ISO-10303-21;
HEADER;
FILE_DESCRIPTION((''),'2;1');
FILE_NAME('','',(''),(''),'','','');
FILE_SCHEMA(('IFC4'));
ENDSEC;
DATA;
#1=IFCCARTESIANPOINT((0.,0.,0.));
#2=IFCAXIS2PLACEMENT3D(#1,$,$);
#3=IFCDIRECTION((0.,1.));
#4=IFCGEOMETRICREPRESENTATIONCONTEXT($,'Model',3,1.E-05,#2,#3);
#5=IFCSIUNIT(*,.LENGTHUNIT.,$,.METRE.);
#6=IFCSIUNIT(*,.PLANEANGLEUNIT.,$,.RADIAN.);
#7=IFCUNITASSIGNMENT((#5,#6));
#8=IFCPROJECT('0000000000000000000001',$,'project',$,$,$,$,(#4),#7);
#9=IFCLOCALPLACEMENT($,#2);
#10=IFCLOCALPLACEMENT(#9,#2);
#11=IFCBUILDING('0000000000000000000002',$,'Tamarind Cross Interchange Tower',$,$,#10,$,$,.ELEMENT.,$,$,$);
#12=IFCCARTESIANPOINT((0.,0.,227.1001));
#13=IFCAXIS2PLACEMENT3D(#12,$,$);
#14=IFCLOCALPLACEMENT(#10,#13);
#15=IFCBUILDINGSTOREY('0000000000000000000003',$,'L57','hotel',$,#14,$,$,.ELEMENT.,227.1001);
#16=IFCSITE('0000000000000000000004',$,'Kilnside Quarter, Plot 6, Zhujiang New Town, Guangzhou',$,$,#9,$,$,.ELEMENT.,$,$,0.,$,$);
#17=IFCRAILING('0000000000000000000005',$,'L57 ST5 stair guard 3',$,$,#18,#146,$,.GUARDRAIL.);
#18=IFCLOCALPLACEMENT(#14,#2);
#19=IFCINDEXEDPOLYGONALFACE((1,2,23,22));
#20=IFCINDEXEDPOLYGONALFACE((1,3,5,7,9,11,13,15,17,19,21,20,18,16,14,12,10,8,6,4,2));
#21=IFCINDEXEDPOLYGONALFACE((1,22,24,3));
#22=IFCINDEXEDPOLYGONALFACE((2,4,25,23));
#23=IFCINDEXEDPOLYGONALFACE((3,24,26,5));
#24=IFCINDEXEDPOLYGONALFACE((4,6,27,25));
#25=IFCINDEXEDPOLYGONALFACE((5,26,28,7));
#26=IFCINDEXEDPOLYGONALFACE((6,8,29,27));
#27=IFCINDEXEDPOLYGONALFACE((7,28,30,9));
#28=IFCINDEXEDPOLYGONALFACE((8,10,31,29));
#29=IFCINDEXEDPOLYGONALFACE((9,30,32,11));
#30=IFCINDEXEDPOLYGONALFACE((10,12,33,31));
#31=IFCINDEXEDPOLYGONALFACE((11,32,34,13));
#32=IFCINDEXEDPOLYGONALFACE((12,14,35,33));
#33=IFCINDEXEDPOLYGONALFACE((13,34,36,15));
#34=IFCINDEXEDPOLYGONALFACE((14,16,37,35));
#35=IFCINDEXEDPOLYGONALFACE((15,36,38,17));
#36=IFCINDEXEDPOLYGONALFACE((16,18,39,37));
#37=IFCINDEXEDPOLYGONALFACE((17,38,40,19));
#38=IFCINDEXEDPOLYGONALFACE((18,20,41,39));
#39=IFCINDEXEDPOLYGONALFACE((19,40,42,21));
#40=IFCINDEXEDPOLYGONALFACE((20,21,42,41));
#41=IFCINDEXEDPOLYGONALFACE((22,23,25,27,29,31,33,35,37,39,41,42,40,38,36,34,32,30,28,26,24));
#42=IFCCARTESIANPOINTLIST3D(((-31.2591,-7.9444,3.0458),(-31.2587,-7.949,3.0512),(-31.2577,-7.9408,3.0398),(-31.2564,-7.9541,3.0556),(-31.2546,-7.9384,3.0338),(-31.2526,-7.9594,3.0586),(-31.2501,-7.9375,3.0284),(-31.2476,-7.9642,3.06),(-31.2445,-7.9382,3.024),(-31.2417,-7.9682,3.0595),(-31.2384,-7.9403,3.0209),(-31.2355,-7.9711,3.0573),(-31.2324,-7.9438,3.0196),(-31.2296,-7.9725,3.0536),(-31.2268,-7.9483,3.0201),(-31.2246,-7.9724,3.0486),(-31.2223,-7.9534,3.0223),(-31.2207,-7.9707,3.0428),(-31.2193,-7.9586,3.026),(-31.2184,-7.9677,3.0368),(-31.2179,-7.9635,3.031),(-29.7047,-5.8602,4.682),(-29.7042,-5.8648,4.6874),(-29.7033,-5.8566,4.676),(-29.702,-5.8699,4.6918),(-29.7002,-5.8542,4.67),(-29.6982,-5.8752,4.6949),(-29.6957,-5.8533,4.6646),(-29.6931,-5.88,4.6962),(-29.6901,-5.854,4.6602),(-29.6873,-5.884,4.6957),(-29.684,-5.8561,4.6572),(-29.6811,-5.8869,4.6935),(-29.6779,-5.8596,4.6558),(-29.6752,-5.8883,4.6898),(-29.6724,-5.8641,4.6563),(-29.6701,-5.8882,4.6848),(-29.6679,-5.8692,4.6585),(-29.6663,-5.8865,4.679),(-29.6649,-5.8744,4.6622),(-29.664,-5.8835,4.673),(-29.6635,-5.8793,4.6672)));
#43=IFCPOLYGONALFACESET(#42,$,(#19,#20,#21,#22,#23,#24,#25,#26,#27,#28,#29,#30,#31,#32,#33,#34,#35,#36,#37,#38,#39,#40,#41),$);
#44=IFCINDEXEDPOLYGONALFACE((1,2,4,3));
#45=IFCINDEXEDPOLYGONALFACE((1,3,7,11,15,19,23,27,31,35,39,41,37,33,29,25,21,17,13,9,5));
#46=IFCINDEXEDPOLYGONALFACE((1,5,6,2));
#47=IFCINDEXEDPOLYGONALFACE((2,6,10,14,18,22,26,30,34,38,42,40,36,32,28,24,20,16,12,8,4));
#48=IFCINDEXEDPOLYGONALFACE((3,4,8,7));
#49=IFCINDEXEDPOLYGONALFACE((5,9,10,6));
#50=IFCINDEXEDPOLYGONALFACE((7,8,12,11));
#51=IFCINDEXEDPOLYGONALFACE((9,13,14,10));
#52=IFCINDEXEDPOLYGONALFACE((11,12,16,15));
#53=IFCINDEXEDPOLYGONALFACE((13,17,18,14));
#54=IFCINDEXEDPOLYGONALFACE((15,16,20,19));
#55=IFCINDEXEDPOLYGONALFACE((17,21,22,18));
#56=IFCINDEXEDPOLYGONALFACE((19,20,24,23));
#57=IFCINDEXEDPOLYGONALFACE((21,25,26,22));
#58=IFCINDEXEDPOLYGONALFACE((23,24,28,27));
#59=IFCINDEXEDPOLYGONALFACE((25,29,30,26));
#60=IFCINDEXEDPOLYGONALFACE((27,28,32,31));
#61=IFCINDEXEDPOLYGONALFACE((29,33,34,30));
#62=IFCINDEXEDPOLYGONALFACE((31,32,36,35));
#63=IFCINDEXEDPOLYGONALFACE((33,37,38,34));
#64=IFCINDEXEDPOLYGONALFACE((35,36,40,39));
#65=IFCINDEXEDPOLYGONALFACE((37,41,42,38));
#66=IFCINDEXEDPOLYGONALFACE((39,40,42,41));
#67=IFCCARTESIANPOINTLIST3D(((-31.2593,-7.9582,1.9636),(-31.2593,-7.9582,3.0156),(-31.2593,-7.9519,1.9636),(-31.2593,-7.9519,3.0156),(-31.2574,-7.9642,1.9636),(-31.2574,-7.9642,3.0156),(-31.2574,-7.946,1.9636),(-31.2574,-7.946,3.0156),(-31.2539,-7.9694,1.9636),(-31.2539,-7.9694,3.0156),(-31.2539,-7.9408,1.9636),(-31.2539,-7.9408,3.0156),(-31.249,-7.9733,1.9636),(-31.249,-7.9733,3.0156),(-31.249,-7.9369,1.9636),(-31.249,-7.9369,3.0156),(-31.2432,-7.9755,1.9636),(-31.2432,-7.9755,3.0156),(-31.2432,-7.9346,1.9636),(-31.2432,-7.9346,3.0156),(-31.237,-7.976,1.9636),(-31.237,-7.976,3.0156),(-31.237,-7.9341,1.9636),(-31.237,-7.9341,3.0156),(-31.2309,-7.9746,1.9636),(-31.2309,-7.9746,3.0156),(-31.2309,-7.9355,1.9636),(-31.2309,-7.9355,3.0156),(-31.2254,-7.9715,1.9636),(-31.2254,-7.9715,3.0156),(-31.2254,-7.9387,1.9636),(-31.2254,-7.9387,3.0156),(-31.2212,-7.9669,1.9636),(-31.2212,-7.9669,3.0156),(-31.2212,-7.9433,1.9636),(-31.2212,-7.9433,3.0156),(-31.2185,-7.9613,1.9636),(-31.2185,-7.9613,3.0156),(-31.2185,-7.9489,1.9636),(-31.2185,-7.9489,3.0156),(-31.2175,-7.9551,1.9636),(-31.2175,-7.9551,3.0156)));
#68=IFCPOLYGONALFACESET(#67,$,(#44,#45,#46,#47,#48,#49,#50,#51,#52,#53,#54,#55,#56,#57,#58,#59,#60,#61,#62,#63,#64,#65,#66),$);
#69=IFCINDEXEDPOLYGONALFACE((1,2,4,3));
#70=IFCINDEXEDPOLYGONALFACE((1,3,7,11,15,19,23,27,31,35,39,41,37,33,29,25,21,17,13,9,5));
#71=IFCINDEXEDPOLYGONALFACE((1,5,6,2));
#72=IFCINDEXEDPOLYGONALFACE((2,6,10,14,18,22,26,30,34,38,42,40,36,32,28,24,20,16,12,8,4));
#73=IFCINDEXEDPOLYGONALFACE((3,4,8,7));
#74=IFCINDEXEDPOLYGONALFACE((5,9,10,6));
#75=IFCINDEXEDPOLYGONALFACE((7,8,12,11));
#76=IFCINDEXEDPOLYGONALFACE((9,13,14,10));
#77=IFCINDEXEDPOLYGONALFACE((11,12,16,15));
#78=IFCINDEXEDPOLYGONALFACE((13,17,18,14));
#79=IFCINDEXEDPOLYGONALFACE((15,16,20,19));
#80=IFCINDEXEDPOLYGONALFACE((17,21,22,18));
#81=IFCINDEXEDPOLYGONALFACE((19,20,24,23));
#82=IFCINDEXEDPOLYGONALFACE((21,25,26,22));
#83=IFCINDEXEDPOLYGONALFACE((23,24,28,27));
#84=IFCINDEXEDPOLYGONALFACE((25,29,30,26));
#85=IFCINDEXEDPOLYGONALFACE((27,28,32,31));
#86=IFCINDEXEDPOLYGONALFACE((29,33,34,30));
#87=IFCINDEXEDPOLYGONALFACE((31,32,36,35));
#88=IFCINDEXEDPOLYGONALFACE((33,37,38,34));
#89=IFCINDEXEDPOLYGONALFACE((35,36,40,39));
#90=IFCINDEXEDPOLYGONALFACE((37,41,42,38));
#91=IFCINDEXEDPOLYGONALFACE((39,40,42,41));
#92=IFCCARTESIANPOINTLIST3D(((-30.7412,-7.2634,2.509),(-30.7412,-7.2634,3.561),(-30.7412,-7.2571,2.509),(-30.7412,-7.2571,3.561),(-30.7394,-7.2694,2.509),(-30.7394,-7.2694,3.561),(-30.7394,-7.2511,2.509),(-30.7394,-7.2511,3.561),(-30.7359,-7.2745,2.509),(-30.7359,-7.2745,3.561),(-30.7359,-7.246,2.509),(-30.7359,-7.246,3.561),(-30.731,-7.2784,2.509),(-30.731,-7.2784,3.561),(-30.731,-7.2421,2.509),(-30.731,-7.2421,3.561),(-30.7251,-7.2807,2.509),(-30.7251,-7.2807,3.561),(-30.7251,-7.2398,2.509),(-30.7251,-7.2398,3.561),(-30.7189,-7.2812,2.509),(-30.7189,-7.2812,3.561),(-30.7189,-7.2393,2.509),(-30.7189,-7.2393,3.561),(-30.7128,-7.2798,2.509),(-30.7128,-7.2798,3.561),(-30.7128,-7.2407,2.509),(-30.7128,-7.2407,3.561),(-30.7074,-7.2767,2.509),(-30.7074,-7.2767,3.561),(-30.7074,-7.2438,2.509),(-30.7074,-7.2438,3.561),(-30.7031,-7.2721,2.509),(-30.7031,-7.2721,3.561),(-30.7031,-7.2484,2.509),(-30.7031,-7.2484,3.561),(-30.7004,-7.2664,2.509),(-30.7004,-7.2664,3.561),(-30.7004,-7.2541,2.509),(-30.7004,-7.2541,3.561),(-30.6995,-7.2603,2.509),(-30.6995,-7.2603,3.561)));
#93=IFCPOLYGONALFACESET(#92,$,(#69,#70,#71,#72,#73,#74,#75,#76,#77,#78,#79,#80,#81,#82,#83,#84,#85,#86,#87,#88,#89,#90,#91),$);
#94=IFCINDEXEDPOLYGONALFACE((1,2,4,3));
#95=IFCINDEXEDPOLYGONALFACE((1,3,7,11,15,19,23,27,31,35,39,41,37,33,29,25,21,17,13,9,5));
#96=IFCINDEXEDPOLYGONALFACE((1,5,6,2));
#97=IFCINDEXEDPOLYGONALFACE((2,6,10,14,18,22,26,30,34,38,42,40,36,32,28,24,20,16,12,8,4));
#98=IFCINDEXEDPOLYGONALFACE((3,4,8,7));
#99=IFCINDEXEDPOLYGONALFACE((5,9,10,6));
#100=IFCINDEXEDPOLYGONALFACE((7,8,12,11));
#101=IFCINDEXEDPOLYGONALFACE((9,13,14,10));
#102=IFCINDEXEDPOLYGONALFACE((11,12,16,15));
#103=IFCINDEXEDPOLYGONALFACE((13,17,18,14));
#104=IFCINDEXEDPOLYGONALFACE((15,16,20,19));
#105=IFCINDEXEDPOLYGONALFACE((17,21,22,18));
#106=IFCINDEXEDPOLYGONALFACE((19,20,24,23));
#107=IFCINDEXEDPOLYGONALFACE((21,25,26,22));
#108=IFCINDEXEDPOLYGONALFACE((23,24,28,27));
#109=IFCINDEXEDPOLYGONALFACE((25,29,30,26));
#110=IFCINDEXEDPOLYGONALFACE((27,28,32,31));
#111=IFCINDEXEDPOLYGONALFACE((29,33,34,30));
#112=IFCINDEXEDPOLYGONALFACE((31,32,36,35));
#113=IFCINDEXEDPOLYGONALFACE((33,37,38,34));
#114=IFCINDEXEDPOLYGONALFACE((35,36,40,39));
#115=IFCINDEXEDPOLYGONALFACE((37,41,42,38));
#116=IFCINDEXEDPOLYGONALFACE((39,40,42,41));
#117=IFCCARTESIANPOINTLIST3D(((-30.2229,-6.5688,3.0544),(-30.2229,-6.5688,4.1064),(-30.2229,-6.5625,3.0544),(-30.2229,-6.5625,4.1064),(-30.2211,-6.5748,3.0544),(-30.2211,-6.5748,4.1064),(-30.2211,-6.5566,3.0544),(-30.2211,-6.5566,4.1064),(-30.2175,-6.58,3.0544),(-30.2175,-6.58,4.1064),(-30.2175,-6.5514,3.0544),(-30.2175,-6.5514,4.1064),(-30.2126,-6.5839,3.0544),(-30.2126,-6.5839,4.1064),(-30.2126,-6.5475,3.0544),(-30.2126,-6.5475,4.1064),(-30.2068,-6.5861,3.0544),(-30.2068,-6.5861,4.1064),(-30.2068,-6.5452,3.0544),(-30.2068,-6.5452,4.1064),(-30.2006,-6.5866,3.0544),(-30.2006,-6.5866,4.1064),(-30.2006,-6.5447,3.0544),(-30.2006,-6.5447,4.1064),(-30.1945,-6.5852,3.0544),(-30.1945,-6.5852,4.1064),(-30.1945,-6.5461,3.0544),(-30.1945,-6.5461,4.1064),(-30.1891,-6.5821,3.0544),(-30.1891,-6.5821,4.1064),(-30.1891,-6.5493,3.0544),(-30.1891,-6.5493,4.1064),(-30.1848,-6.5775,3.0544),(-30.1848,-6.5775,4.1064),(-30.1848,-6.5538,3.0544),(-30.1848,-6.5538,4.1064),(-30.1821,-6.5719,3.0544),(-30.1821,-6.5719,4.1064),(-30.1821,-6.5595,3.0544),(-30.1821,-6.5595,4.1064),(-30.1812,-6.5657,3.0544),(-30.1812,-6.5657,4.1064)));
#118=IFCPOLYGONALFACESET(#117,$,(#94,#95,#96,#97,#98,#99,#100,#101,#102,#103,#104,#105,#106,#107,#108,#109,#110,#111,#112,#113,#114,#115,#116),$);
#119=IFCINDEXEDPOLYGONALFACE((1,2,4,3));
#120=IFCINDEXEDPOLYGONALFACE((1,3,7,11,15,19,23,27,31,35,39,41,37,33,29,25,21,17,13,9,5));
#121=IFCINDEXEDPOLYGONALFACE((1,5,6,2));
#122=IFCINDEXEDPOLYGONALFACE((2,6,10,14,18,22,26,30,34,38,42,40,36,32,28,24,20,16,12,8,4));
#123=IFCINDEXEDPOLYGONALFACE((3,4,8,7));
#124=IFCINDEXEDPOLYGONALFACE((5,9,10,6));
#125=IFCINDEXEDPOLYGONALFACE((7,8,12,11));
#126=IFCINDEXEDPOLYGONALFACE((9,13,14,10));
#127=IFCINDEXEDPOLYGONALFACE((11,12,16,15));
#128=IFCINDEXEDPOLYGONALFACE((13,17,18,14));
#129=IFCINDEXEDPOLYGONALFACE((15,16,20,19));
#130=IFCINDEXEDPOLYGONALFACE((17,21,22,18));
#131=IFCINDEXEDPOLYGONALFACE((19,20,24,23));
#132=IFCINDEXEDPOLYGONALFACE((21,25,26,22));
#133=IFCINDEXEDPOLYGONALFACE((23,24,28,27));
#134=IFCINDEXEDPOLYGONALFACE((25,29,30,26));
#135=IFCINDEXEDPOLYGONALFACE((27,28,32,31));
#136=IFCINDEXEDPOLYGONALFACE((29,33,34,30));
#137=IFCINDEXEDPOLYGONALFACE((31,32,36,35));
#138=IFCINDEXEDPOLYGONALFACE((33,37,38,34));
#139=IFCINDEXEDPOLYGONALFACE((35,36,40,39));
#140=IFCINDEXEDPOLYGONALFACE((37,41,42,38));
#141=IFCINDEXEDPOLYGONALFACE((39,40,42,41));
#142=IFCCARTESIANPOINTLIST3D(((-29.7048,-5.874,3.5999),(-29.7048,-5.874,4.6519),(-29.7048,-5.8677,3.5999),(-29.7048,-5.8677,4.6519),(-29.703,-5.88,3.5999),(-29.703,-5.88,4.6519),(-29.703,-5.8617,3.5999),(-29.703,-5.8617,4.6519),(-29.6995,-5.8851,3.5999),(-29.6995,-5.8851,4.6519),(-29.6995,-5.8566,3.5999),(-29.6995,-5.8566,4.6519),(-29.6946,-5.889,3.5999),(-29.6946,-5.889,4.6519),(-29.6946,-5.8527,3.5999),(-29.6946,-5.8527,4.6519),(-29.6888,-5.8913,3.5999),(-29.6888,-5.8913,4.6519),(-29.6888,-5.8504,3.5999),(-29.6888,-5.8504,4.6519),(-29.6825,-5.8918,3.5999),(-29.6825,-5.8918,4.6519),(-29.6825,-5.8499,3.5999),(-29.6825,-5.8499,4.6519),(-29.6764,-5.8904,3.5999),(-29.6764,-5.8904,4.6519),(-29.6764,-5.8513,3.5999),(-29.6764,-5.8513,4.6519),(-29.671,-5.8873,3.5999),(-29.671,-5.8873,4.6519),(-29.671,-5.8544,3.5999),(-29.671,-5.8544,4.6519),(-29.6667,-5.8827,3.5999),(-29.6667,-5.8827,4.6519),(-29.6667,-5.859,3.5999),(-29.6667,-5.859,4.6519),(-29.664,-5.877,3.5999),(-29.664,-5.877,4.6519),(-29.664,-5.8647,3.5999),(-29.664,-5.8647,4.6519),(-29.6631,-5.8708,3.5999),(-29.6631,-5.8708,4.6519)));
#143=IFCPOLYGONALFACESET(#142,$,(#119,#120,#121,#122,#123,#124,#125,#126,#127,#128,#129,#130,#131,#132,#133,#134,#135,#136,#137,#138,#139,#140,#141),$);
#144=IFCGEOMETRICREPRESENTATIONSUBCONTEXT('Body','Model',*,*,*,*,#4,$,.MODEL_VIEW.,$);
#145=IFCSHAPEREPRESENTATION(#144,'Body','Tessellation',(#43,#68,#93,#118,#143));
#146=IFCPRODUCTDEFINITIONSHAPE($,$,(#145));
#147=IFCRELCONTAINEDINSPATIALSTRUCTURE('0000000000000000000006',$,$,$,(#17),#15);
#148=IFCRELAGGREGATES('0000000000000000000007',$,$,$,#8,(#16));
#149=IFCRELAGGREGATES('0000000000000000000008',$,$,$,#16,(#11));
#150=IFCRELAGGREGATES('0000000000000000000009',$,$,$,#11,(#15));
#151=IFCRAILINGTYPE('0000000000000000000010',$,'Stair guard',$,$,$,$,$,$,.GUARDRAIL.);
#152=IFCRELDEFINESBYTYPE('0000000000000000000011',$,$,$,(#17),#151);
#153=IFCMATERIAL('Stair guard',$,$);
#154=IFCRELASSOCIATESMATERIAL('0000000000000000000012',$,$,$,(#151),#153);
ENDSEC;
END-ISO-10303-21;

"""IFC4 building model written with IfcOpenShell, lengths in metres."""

from ifc_helpers import new_model, si_unit, direction, frame, origin, origin_2d, place, context, subcontext, project, spatial, circle, extrude, material, type_object, element, save


model = new_model("IFC4")

# Units and contexts
model_context = context("Model", 3, precision=1e-05, world=origin(), true_north=direction((0.0, 1.0)))
body_context = subcontext(model_context, "Body", "Model", "MODEL_VIEW")
ifc_project = project(units=[si_unit("LENGTHUNIT", "METRE"), si_unit("PLANEANGLEUNIT", "RADIAN")], contexts=[model_context])

# Site, building, storey
site_placement = place(None, origin())
site = spatial("IfcSite", under=ifc_project, at=site_placement, Name="Kilnside Quarter, Plot 6, Zhujiang New Town, Guangzhou", CompositionType="ELEMENT", RefElevation=0.0)
building_placement = place(site_placement, origin())
building = spatial("IfcBuilding", under=site, at=building_placement, Name="Tamarind Cross Interchange Tower", CompositionType="ELEMENT")
storey_placement = place(building_placement, frame((0.0, 0.0, 227.1001)))
storey = spatial("IfcBuildingStorey", under=building, at=storey_placement, Name="L57", Description="hotel", CompositionType="ELEMENT", Elevation=227.1001)

# Railing
ifc_material_1 = material(Name="Stair guard")
railing_type_1 = type_object("IfcRailingType", Name="Stair guard", PredefinedType="GUARDRAIL", material=ifc_material_1)
railing_1_placement = place(storey_placement, frame((-31.2385, -7.9551, 1.9636)))
element("IfcRailing", 1, at=railing_1_placement, inside=storey, type_object=railing_type_1, Name="L57 ST5 stair guard 3", PredefinedType="GUARDRAIL", context=body_context, shape_type="SweptSolid", body=[
    extrude(circle(Radius=0.0239, at=origin_2d()), frame((0.0, 0.0, 1.0762), z_axis=(0.505994, 0.678447, 0.532617), x_axis=(-0.801608, 0.597849, 0.0)), (0.0, 0.0, 1.0), 3.072),
    extrude(circle(Radius=0.021, at=origin_2d()), origin(), (0.0, 0.0, 1.0), 1.052),
    extrude(circle(Radius=0.021, at=origin_2d()), frame((0.5181, 0.6948, 0.5454)), (0.0, 0.0, 1.0), 1.052),
    extrude(circle(Radius=0.021, at=origin_2d()), frame((1.0364, 1.3894, 1.0908)), (0.0, 0.0, 1.0), 1.052),
    extrude(circle(Radius=0.021, at=origin_2d()), frame((1.5544, 2.0842, 1.6362)), (0.0, 0.0, 1.0), 1.052),
])

save(model, "model.ifc")
